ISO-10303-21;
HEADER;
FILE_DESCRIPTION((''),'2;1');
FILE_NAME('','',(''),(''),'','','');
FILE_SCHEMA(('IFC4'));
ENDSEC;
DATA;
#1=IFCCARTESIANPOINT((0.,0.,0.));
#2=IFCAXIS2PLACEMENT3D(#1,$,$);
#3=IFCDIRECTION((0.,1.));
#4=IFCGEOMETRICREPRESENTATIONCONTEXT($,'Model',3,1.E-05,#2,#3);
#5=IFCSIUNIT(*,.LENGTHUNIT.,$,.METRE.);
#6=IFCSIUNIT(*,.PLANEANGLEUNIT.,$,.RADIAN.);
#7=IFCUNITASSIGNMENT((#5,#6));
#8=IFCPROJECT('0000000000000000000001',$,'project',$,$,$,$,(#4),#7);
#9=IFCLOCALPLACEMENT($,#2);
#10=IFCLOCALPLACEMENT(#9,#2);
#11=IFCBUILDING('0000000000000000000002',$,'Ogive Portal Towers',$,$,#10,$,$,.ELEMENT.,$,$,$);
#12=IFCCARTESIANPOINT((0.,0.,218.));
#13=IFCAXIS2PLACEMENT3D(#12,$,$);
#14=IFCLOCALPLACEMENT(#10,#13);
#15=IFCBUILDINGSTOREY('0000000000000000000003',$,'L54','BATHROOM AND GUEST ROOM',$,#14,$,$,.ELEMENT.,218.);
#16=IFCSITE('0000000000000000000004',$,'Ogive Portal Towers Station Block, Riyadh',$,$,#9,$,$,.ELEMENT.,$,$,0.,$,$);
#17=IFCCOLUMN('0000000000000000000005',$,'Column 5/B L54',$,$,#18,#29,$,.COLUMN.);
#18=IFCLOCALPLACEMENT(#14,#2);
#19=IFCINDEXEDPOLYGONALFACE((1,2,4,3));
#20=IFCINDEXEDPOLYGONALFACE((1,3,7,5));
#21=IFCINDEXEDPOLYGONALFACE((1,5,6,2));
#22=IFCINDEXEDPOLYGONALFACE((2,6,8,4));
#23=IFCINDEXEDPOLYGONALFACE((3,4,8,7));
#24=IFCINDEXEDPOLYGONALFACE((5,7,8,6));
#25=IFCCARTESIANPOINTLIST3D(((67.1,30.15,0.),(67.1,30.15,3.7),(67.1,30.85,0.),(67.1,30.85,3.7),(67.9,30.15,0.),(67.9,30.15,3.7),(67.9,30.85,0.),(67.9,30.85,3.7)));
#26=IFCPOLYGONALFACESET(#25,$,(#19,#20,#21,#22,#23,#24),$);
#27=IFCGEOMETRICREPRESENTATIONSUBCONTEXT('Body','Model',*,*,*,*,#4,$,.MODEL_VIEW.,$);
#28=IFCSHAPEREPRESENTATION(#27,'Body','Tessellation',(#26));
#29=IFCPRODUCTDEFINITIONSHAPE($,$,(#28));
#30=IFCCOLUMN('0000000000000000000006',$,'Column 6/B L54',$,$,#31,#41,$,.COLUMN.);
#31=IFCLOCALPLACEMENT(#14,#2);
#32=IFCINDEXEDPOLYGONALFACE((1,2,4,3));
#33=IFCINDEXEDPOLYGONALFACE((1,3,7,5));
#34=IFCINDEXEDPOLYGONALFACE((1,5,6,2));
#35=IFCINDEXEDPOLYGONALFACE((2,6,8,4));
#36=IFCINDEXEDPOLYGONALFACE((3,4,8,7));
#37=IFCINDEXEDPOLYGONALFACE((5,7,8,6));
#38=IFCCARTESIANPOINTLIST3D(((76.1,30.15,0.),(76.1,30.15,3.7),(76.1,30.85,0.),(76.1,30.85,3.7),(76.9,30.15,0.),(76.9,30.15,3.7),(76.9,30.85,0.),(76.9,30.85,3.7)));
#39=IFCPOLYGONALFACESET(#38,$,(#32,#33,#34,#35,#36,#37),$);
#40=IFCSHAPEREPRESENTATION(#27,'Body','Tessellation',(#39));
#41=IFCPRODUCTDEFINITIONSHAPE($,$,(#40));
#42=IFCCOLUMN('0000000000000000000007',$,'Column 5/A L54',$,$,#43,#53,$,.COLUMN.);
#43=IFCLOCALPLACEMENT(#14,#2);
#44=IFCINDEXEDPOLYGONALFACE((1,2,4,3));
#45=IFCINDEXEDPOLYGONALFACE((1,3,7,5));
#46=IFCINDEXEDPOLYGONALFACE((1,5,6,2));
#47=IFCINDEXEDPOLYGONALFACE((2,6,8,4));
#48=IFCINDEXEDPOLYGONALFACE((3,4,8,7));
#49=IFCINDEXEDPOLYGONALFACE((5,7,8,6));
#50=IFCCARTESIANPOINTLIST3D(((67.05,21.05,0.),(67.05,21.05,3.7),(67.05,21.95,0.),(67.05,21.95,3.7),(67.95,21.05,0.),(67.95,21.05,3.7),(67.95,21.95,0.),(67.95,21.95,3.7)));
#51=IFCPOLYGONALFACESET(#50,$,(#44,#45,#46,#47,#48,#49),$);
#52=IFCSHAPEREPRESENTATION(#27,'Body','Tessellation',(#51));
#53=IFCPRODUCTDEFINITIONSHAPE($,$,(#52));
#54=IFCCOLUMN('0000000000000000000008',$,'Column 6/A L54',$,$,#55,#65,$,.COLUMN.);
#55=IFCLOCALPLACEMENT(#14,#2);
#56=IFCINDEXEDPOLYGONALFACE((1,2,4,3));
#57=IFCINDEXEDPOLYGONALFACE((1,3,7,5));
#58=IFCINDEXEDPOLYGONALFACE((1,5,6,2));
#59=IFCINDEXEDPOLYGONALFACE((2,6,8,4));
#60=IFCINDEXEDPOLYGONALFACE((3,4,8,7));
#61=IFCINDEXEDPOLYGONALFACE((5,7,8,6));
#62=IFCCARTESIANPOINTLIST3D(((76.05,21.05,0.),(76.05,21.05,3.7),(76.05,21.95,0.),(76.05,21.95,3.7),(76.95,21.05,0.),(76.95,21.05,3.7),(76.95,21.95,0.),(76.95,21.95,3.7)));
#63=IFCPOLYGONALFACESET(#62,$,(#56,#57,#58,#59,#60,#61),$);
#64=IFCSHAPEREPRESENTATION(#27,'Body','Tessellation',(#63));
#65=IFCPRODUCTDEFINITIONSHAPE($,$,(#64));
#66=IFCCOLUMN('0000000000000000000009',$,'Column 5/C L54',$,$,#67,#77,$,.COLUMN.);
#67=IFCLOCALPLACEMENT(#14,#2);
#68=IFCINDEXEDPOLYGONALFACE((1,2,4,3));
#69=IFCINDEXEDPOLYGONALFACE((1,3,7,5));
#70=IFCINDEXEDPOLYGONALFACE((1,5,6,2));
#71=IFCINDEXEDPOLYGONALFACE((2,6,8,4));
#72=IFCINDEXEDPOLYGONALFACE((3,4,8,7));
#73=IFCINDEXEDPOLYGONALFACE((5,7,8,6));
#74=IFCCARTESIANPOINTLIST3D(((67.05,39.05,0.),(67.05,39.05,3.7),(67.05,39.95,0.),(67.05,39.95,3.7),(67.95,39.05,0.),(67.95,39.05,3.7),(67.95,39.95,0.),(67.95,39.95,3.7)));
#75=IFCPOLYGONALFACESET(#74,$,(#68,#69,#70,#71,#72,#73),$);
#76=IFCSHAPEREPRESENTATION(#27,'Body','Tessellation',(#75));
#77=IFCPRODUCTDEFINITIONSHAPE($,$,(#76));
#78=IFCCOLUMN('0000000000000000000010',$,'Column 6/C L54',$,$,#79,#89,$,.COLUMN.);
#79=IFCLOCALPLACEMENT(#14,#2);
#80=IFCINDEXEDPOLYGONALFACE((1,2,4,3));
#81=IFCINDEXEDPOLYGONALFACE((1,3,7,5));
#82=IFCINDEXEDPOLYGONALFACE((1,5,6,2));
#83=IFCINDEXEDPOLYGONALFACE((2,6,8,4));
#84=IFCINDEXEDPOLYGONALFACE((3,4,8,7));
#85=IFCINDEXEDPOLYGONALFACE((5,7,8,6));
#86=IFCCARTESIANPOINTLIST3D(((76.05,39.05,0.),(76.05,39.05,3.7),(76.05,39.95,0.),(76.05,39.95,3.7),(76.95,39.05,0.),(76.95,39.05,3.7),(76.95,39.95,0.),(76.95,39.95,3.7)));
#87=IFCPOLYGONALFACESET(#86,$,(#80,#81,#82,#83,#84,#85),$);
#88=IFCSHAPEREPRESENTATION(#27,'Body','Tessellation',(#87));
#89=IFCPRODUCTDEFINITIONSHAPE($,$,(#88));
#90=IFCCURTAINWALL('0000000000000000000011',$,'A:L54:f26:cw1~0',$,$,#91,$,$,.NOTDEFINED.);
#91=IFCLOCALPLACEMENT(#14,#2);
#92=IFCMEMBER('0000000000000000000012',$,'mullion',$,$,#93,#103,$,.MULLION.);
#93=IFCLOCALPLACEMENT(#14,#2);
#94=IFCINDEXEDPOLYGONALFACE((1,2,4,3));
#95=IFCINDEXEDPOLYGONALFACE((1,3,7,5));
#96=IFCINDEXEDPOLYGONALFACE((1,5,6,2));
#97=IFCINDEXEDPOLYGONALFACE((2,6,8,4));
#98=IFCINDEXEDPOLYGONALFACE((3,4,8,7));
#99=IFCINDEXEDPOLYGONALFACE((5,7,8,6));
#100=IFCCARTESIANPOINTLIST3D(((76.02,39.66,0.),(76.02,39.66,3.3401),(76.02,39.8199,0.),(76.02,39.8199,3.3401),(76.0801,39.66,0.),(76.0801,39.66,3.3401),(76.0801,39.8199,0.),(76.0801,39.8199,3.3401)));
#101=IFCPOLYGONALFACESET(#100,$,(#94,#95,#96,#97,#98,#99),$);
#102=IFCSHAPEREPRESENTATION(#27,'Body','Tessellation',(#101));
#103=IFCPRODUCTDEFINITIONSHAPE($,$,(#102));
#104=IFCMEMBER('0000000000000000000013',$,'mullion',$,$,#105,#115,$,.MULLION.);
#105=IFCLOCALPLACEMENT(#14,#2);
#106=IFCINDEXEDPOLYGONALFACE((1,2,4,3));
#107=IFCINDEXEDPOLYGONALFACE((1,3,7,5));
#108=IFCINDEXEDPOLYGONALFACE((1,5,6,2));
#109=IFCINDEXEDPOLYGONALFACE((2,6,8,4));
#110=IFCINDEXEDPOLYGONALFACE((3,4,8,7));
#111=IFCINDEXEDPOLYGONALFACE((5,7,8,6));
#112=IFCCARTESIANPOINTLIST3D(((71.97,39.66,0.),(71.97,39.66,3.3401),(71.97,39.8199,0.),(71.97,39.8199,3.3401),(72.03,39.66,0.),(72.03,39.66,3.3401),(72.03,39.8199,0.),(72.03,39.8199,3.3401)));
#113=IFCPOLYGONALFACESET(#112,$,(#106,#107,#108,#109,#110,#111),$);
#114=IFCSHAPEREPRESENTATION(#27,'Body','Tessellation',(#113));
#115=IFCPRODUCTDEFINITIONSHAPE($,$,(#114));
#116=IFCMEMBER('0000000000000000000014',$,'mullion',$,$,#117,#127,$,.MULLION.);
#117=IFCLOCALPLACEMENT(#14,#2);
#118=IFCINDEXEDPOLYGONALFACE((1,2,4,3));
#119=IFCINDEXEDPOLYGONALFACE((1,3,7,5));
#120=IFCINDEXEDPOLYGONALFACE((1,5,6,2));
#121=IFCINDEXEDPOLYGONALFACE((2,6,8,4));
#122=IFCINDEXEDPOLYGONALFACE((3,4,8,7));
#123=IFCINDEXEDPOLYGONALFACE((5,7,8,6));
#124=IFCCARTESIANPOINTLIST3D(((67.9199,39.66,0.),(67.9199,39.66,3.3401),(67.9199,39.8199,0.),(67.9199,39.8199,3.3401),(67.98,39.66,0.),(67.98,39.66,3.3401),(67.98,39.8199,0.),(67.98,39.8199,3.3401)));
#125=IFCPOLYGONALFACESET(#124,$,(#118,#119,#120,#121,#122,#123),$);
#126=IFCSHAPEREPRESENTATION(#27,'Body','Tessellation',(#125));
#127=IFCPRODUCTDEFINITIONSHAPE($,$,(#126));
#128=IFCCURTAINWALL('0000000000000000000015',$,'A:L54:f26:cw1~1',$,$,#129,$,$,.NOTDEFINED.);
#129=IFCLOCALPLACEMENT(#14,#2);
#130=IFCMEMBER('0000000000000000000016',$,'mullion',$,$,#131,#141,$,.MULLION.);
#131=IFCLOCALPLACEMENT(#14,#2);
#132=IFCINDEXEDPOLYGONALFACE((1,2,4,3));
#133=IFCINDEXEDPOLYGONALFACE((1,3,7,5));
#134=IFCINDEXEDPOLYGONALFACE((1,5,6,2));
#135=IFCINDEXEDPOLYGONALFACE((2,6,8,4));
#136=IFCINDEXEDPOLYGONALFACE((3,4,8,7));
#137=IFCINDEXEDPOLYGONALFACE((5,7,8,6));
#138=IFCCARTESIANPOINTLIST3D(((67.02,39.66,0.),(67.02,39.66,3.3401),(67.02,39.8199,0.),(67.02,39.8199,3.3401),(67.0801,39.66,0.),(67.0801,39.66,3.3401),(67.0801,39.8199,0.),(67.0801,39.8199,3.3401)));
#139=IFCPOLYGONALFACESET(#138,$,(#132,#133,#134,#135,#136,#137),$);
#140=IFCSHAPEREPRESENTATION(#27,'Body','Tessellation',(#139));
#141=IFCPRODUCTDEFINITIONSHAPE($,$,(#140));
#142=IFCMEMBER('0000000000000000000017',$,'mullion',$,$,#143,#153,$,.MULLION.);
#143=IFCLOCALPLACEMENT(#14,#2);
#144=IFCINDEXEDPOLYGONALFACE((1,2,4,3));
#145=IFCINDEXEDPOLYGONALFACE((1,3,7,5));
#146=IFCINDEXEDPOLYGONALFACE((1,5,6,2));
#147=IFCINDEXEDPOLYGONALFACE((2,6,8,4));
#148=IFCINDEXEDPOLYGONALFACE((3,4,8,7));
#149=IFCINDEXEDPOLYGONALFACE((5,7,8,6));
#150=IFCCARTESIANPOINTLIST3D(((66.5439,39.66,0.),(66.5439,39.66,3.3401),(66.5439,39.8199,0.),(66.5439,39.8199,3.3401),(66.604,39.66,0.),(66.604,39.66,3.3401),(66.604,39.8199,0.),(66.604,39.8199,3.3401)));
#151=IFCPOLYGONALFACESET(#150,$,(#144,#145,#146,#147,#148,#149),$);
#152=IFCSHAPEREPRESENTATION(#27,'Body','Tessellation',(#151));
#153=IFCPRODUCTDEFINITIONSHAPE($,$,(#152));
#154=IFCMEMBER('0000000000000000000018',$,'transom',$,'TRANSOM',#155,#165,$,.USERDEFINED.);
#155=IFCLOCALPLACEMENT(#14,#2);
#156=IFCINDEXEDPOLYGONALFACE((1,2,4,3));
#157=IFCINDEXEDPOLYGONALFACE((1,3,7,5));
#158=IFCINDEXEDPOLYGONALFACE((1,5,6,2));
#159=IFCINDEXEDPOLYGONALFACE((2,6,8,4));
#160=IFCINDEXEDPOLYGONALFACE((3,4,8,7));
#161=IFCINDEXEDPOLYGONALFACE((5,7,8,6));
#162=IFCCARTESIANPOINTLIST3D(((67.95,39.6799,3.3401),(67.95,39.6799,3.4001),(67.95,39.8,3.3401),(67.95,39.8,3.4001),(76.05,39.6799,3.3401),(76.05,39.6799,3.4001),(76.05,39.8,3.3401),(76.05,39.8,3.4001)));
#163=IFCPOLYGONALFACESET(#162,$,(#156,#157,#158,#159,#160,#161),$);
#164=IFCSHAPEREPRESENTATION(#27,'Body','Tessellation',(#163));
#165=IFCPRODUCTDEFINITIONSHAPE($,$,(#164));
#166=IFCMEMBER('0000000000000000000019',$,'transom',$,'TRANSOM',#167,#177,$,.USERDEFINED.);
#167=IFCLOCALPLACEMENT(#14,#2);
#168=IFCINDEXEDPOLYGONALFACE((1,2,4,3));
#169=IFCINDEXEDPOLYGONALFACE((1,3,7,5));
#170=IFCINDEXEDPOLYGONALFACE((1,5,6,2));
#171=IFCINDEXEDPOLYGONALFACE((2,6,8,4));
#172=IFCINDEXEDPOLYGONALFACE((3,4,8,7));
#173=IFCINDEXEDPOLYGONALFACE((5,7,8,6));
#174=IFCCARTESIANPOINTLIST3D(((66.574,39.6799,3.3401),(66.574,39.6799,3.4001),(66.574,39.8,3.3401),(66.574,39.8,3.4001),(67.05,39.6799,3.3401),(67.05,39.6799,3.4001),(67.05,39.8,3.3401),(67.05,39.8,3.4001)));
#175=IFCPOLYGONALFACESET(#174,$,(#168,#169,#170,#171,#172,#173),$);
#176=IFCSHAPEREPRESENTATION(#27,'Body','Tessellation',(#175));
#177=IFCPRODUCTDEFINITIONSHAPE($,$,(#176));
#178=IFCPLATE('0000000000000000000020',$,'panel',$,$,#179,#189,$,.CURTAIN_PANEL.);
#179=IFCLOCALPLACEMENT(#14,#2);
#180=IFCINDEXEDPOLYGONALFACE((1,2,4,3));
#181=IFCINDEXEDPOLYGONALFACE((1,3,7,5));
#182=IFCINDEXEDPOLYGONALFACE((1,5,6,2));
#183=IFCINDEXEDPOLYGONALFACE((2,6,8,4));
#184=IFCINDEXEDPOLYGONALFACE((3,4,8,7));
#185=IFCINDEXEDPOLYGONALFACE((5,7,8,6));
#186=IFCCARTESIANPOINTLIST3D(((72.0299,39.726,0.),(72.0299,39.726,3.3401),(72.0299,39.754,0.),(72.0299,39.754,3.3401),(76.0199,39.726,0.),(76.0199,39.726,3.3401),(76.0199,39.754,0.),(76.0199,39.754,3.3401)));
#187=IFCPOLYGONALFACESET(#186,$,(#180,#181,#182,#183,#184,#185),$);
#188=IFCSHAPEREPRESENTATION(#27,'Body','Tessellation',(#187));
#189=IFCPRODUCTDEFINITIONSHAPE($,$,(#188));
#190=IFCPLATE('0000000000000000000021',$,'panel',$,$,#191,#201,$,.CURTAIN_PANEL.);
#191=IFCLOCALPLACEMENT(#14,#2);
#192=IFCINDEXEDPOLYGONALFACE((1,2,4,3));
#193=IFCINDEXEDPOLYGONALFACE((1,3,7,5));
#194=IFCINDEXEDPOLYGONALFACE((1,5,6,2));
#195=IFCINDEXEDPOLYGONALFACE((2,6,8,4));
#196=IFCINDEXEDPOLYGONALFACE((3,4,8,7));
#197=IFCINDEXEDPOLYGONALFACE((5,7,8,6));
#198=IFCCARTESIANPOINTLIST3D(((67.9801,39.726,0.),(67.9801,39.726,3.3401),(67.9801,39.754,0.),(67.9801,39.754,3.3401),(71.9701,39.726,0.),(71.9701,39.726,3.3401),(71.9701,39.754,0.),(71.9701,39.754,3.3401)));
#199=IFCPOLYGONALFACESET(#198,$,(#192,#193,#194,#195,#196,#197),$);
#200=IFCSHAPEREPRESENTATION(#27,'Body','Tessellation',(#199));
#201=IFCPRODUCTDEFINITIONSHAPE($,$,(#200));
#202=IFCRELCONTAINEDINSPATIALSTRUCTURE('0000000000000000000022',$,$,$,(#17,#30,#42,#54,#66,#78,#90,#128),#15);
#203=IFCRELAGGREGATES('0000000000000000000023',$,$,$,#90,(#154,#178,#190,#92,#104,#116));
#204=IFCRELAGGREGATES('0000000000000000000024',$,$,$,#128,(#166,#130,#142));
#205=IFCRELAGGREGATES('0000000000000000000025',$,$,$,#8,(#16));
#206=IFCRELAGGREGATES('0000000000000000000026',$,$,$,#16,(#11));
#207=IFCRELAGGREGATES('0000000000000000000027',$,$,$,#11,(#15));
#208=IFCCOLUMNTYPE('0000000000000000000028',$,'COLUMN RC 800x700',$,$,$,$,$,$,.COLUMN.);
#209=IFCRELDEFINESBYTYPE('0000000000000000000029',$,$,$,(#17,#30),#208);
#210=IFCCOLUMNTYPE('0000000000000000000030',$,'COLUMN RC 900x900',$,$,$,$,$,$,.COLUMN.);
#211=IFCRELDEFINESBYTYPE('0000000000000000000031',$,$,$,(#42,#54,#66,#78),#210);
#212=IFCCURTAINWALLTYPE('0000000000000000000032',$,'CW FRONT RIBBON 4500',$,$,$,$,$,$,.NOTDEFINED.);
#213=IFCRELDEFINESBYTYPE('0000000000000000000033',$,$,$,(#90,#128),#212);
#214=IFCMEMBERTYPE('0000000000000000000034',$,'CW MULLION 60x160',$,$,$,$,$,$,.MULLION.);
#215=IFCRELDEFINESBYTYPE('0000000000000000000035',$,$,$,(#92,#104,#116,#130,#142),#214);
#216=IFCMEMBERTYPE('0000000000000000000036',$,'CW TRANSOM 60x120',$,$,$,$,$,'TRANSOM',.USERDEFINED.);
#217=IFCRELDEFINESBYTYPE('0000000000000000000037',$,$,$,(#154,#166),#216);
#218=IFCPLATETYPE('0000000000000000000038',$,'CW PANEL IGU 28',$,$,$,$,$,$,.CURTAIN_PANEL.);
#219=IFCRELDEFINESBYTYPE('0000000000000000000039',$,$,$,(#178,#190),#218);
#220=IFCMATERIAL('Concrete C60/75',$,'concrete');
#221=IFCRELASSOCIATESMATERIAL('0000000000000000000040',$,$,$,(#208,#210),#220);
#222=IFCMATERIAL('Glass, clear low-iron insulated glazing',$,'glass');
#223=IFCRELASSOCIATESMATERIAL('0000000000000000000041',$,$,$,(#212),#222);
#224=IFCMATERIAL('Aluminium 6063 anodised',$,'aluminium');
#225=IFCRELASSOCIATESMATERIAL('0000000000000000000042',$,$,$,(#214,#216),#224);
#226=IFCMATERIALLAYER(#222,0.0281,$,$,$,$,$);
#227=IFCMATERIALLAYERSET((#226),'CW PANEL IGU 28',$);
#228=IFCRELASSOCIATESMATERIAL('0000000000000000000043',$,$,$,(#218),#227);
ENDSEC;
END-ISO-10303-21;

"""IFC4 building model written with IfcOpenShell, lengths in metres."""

from ifc_helpers import new_model, si_unit, direction, frame, origin, origin_2d, place, context, subcontext, project, spatial, rectangle, extrude, material, layer, layer_set, material_profile, profile_set, type_object, element, aggregate, save


model = new_model("IFC4")

# Units and contexts
model_context = context("Model", 3, precision=1e-05, world=origin(), true_north=direction((0.0, 1.0)))
body_context = subcontext(model_context, "Body", "Model", "MODEL_VIEW")
ifc_project = project(units=[si_unit("LENGTHUNIT", "METRE"), si_unit("PLANEANGLEUNIT", "RADIAN")], contexts=[model_context])

# Site, building, storey
site_placement = place(None, origin())
site = spatial("IfcSite", under=ifc_project, at=site_placement, Name="Ogive Portal Towers Station Block, Riyadh", CompositionType="ELEMENT", RefElevation=0.0)
building_placement = place(site_placement, origin())
building = spatial("IfcBuilding", under=site, at=building_placement, Name="Ogive Portal Towers", CompositionType="ELEMENT")
storey_placement = place(building_placement, frame((0.0, 0.0, 218.0)))
storey = spatial("IfcBuildingStorey", under=building, at=storey_placement, Name="L54", Description="BATHROOM AND GUEST ROOM", CompositionType="ELEMENT", Elevation=218.0)

# Columns
ifc_material_1 = material(Name="Concrete C60/75", Category="concrete")
ifc_material_profile_1 = material_profile(ifc_material_1, rectangle(XDim=0.8, YDim=0.7, at=origin_2d()), Name="RC 800x700")
ifc_profile_set_1 = profile_set([ifc_material_profile_1], Name="Concrete C60/75")
column_type_1 = type_object("IfcColumnType", Name="COLUMN RC 800x700", PredefinedType="COLUMN", material=ifc_profile_set_1)
for number, where, z_axis, x_axis, name in (
    (1, (67.5, 30.5, 0.0), (0.0, 0.0, 1.0), (1.0, 0.0, 0.0), "Column 5/B L54"),
    (2, (76.5, 30.5, 0.0), (0.0, 0.0, 1.0), (1.0, 0.0, 0.0), "Column 6/B L54"),
):
    element("IfcColumn", number, at=place(storey_placement, frame(where, z_axis=z_axis, x_axis=x_axis)), inside=storey, type_object=column_type_1, Name=name, PredefinedType="COLUMN", context=body_context, shape_type="SweptSolid", body=[
        extrude(rectangle(XDim=0.8, YDim=0.7, at=origin_2d()), origin(), (0.0, 0.0, 1.0), 3.7),
    ])
ifc_material_profile_2 = material_profile(ifc_material_1, rectangle(XDim=0.8999, YDim=0.8999, at=origin_2d()), Name="RC 900x900")
ifc_profile_set_2 = profile_set([ifc_material_profile_2], Name="Concrete C60/75")
column_type_2 = type_object("IfcColumnType", Name="COLUMN RC 900x900", PredefinedType="COLUMN", material=ifc_profile_set_2)
for number, where, z_axis, x_axis, name in (
    (3, (67.5, 21.5, 0.0), (0.0, 0.0, 1.0), (1.0, 0.0, 0.0), "Column 5/A L54"),
    (4, (76.5, 21.5, 0.0), (0.0, 0.0, 1.0), (1.0, 0.0, 0.0), "Column 6/A L54"),
    (5, (67.5, 39.5, 0.0), (0.0, 0.0, 1.0), (1.0, 0.0, 0.0), "Column 5/C L54"),
    (6, (76.5, 39.5, 0.0), (0.0, 0.0, 1.0), (1.0, 0.0, 0.0), "Column 6/C L54"),
):
    element("IfcColumn", number, at=place(storey_placement, frame(where, z_axis=z_axis, x_axis=x_axis)), inside=storey, type_object=column_type_2, Name=name, PredefinedType="COLUMN", context=body_context, shape_type="SweptSolid", body=[
        extrude(rectangle(XDim=0.8999, YDim=0.8999, at=origin_2d()), origin(), (0.0, 0.0, 1.0), 3.7),
    ])

# Curtain walls, members
ifc_material_2 = material(Name="Glass, clear low-iron insulated glazing", Category="glass")
curtain_wall_type = type_object("IfcCurtainWallType", Name="CW FRONT RIBBON 4500", PredefinedType="NOTDEFINED", material=ifc_material_2)
curtain_wall_1_placement = place(storey_placement, origin())
curtain_wall_1 = element("IfcCurtainWall", 7, at=curtain_wall_1_placement, inside=storey, type_object=curtain_wall_type, Name="A:L54:f26:cw1~0", PredefinedType="NOTDEFINED")
ifc_material_3 = material(Name="Aluminium 6063 anodised", Category="aluminium")
ifc_material_profile_3 = material_profile(ifc_material_3, rectangle(XDim=0.1599, YDim=0.0601, at=origin_2d()), Name="AL 60x160")
ifc_profile_set_3 = profile_set([ifc_material_profile_3], Name="Aluminium 6063 anodised")
member_type_1 = type_object("IfcMemberType", Name="CW MULLION 60x160", PredefinedType="MULLION", material=ifc_profile_set_3)
member_1_placement = place(storey_placement, frame((76.05, 39.74, 0.0), z_axis=(0.0, 0.0, 1.0), x_axis=(0.0, -1.0, 0.0)))
member_1 = element("IfcMember", 8, at=member_1_placement, type_object=member_type_1, Name="mullion", PredefinedType="MULLION", context=body_context, shape_type="SweptSolid", body=[
    extrude(rectangle(XDim=0.1599, YDim=0.0601, at=origin_2d()), origin(), (0.0, 0.0, 1.0), 3.3401),
])
member_2_placement = place(storey_placement, frame((72.0, 39.74, 0.0), z_axis=(0.0, 0.0, 1.0), x_axis=(0.0, -1.0, 0.0)))
member_2 = element("IfcMember", 9, at=member_2_placement, type_object=member_type_1, Name="mullion", PredefinedType="MULLION", context=body_context, shape_type="SweptSolid", body=[
    extrude(rectangle(XDim=0.1599, YDim=0.0601, at=origin_2d()), origin(), (0.0, 0.0, 1.0), 3.3401),
])
member_3_placement = place(storey_placement, frame((67.95, 39.74, 0.0), z_axis=(0.0, 0.0, 1.0), x_axis=(0.0, -1.0, 0.0)))
member_3 = element("IfcMember", 10, at=member_3_placement, type_object=member_type_1, Name="mullion", PredefinedType="MULLION", context=body_context, shape_type="SweptSolid", body=[
    extrude(rectangle(XDim=0.1599, YDim=0.0601, at=origin_2d()), origin(), (0.0, 0.0, 1.0), 3.3401),
])
curtain_wall_2_placement = place(storey_placement, origin())
curtain_wall_2 = element("IfcCurtainWall", 11, at=curtain_wall_2_placement, inside=storey, type_object=curtain_wall_type, Name="A:L54:f26:cw1~1", PredefinedType="NOTDEFINED")
member_4_placement = place(storey_placement, frame((67.05, 39.74, 0.0), z_axis=(0.0, 0.0, 1.0), x_axis=(0.0, -1.0, 0.0)))
member_4 = element("IfcMember", 12, at=member_4_placement, type_object=member_type_1, Name="mullion", PredefinedType="MULLION", context=body_context, shape_type="SweptSolid", body=[
    extrude(rectangle(XDim=0.1599, YDim=0.0601, at=origin_2d()), origin(), (0.0, 0.0, 1.0), 3.3401),
])
member_5_placement = place(storey_placement, frame((66.574, 39.74, 0.0), z_axis=(0.0, 0.0, 1.0), x_axis=(0.0, -1.0, 0.0)))
member_5 = element("IfcMember", 13, at=member_5_placement, type_object=member_type_1, Name="mullion", PredefinedType="MULLION", context=body_context, shape_type="SweptSolid", body=[
    extrude(rectangle(XDim=0.1599, YDim=0.0601, at=origin_2d()), origin(), (0.0, 0.0, 1.0), 3.3401),
])

# Members
ifc_material_profile_4 = material_profile(ifc_material_3, rectangle(XDim=0.1201, YDim=0.0601, at=origin_2d()), Name="AL 120x60")
ifc_profile_set_4 = profile_set([ifc_material_profile_4], Name="Aluminium 6063 anodised")
member_type_2 = type_object("IfcMemberType", Name="CW TRANSOM 60x120", ElementType="TRANSOM", PredefinedType="USERDEFINED", material=ifc_profile_set_4)
member_6_placement = place(storey_placement, frame((76.05, 39.74, 3.3701), z_axis=(-1.0, 0.0, 0.0), x_axis=(0.0, -1.0, 0.0)))
member_6 = element("IfcMember", 14, at=member_6_placement, type_object=member_type_2, Name="transom", ObjectType="TRANSOM", PredefinedType="USERDEFINED", context=body_context, shape_type="SweptSolid", body=[
    extrude(rectangle(XDim=0.1201, YDim=0.0601, at=origin_2d()), origin(), (0.0, 0.0, 1.0), 8.1001),
])
member_7_placement = place(storey_placement, frame((67.05, 39.74, 3.3701), z_axis=(-1.0, 0.0, 0.0), x_axis=(0.0, -1.0, 0.0)))
member_7 = element("IfcMember", 15, at=member_7_placement, type_object=member_type_2, Name="transom", ObjectType="TRANSOM", PredefinedType="USERDEFINED", context=body_context, shape_type="SweptSolid", body=[
    extrude(rectangle(XDim=0.1201, YDim=0.0601, at=origin_2d()), origin(), (0.0, 0.0, 1.0), 0.4761),
])

# Plates
ifc_layer_1 = layer(ifc_material_2, 0.0281)
ifc_layer_set_1 = layer_set([ifc_layer_1], Name="CW PANEL IGU 28")
plate_type = type_object("IfcPlateType", Name="CW PANEL IGU 28", PredefinedType="CURTAIN_PANEL", material=ifc_layer_set_1)
plate_1_placement = place(storey_placement, frame((74.0249, 39.74, 0.0), z_axis=(0.0, 0.0, 1.0), x_axis=(-1.0, 0.0, 0.0)))
plate_1 = element("IfcPlate", 16, at=plate_1_placement, type_object=plate_type, Name="panel", PredefinedType="CURTAIN_PANEL", context=body_context, shape_type="SweptSolid", body=[
    extrude(rectangle(XDim=3.99, YDim=0.0281, at=origin_2d()), origin(), (0.0, 0.0, 1.0), 3.3401),
])
plate_2_placement = place(storey_placement, frame((69.9751, 39.74, 0.0), z_axis=(0.0, 0.0, 1.0), x_axis=(-1.0, 0.0, 0.0)))
plate_2 = element("IfcPlate", 17, at=plate_2_placement, type_object=plate_type, Name="panel", PredefinedType="CURTAIN_PANEL", context=body_context, shape_type="SweptSolid", body=[
    extrude(rectangle(XDim=3.99, YDim=0.0281, at=origin_2d()), origin(), (0.0, 0.0, 1.0), 3.3401),
])
aggregate(curtain_wall_1, [member_6, plate_1, plate_2, member_1, member_2, member_3])
aggregate(curtain_wall_2, [member_7, member_4, member_5])

save(model, "model.ifc")
